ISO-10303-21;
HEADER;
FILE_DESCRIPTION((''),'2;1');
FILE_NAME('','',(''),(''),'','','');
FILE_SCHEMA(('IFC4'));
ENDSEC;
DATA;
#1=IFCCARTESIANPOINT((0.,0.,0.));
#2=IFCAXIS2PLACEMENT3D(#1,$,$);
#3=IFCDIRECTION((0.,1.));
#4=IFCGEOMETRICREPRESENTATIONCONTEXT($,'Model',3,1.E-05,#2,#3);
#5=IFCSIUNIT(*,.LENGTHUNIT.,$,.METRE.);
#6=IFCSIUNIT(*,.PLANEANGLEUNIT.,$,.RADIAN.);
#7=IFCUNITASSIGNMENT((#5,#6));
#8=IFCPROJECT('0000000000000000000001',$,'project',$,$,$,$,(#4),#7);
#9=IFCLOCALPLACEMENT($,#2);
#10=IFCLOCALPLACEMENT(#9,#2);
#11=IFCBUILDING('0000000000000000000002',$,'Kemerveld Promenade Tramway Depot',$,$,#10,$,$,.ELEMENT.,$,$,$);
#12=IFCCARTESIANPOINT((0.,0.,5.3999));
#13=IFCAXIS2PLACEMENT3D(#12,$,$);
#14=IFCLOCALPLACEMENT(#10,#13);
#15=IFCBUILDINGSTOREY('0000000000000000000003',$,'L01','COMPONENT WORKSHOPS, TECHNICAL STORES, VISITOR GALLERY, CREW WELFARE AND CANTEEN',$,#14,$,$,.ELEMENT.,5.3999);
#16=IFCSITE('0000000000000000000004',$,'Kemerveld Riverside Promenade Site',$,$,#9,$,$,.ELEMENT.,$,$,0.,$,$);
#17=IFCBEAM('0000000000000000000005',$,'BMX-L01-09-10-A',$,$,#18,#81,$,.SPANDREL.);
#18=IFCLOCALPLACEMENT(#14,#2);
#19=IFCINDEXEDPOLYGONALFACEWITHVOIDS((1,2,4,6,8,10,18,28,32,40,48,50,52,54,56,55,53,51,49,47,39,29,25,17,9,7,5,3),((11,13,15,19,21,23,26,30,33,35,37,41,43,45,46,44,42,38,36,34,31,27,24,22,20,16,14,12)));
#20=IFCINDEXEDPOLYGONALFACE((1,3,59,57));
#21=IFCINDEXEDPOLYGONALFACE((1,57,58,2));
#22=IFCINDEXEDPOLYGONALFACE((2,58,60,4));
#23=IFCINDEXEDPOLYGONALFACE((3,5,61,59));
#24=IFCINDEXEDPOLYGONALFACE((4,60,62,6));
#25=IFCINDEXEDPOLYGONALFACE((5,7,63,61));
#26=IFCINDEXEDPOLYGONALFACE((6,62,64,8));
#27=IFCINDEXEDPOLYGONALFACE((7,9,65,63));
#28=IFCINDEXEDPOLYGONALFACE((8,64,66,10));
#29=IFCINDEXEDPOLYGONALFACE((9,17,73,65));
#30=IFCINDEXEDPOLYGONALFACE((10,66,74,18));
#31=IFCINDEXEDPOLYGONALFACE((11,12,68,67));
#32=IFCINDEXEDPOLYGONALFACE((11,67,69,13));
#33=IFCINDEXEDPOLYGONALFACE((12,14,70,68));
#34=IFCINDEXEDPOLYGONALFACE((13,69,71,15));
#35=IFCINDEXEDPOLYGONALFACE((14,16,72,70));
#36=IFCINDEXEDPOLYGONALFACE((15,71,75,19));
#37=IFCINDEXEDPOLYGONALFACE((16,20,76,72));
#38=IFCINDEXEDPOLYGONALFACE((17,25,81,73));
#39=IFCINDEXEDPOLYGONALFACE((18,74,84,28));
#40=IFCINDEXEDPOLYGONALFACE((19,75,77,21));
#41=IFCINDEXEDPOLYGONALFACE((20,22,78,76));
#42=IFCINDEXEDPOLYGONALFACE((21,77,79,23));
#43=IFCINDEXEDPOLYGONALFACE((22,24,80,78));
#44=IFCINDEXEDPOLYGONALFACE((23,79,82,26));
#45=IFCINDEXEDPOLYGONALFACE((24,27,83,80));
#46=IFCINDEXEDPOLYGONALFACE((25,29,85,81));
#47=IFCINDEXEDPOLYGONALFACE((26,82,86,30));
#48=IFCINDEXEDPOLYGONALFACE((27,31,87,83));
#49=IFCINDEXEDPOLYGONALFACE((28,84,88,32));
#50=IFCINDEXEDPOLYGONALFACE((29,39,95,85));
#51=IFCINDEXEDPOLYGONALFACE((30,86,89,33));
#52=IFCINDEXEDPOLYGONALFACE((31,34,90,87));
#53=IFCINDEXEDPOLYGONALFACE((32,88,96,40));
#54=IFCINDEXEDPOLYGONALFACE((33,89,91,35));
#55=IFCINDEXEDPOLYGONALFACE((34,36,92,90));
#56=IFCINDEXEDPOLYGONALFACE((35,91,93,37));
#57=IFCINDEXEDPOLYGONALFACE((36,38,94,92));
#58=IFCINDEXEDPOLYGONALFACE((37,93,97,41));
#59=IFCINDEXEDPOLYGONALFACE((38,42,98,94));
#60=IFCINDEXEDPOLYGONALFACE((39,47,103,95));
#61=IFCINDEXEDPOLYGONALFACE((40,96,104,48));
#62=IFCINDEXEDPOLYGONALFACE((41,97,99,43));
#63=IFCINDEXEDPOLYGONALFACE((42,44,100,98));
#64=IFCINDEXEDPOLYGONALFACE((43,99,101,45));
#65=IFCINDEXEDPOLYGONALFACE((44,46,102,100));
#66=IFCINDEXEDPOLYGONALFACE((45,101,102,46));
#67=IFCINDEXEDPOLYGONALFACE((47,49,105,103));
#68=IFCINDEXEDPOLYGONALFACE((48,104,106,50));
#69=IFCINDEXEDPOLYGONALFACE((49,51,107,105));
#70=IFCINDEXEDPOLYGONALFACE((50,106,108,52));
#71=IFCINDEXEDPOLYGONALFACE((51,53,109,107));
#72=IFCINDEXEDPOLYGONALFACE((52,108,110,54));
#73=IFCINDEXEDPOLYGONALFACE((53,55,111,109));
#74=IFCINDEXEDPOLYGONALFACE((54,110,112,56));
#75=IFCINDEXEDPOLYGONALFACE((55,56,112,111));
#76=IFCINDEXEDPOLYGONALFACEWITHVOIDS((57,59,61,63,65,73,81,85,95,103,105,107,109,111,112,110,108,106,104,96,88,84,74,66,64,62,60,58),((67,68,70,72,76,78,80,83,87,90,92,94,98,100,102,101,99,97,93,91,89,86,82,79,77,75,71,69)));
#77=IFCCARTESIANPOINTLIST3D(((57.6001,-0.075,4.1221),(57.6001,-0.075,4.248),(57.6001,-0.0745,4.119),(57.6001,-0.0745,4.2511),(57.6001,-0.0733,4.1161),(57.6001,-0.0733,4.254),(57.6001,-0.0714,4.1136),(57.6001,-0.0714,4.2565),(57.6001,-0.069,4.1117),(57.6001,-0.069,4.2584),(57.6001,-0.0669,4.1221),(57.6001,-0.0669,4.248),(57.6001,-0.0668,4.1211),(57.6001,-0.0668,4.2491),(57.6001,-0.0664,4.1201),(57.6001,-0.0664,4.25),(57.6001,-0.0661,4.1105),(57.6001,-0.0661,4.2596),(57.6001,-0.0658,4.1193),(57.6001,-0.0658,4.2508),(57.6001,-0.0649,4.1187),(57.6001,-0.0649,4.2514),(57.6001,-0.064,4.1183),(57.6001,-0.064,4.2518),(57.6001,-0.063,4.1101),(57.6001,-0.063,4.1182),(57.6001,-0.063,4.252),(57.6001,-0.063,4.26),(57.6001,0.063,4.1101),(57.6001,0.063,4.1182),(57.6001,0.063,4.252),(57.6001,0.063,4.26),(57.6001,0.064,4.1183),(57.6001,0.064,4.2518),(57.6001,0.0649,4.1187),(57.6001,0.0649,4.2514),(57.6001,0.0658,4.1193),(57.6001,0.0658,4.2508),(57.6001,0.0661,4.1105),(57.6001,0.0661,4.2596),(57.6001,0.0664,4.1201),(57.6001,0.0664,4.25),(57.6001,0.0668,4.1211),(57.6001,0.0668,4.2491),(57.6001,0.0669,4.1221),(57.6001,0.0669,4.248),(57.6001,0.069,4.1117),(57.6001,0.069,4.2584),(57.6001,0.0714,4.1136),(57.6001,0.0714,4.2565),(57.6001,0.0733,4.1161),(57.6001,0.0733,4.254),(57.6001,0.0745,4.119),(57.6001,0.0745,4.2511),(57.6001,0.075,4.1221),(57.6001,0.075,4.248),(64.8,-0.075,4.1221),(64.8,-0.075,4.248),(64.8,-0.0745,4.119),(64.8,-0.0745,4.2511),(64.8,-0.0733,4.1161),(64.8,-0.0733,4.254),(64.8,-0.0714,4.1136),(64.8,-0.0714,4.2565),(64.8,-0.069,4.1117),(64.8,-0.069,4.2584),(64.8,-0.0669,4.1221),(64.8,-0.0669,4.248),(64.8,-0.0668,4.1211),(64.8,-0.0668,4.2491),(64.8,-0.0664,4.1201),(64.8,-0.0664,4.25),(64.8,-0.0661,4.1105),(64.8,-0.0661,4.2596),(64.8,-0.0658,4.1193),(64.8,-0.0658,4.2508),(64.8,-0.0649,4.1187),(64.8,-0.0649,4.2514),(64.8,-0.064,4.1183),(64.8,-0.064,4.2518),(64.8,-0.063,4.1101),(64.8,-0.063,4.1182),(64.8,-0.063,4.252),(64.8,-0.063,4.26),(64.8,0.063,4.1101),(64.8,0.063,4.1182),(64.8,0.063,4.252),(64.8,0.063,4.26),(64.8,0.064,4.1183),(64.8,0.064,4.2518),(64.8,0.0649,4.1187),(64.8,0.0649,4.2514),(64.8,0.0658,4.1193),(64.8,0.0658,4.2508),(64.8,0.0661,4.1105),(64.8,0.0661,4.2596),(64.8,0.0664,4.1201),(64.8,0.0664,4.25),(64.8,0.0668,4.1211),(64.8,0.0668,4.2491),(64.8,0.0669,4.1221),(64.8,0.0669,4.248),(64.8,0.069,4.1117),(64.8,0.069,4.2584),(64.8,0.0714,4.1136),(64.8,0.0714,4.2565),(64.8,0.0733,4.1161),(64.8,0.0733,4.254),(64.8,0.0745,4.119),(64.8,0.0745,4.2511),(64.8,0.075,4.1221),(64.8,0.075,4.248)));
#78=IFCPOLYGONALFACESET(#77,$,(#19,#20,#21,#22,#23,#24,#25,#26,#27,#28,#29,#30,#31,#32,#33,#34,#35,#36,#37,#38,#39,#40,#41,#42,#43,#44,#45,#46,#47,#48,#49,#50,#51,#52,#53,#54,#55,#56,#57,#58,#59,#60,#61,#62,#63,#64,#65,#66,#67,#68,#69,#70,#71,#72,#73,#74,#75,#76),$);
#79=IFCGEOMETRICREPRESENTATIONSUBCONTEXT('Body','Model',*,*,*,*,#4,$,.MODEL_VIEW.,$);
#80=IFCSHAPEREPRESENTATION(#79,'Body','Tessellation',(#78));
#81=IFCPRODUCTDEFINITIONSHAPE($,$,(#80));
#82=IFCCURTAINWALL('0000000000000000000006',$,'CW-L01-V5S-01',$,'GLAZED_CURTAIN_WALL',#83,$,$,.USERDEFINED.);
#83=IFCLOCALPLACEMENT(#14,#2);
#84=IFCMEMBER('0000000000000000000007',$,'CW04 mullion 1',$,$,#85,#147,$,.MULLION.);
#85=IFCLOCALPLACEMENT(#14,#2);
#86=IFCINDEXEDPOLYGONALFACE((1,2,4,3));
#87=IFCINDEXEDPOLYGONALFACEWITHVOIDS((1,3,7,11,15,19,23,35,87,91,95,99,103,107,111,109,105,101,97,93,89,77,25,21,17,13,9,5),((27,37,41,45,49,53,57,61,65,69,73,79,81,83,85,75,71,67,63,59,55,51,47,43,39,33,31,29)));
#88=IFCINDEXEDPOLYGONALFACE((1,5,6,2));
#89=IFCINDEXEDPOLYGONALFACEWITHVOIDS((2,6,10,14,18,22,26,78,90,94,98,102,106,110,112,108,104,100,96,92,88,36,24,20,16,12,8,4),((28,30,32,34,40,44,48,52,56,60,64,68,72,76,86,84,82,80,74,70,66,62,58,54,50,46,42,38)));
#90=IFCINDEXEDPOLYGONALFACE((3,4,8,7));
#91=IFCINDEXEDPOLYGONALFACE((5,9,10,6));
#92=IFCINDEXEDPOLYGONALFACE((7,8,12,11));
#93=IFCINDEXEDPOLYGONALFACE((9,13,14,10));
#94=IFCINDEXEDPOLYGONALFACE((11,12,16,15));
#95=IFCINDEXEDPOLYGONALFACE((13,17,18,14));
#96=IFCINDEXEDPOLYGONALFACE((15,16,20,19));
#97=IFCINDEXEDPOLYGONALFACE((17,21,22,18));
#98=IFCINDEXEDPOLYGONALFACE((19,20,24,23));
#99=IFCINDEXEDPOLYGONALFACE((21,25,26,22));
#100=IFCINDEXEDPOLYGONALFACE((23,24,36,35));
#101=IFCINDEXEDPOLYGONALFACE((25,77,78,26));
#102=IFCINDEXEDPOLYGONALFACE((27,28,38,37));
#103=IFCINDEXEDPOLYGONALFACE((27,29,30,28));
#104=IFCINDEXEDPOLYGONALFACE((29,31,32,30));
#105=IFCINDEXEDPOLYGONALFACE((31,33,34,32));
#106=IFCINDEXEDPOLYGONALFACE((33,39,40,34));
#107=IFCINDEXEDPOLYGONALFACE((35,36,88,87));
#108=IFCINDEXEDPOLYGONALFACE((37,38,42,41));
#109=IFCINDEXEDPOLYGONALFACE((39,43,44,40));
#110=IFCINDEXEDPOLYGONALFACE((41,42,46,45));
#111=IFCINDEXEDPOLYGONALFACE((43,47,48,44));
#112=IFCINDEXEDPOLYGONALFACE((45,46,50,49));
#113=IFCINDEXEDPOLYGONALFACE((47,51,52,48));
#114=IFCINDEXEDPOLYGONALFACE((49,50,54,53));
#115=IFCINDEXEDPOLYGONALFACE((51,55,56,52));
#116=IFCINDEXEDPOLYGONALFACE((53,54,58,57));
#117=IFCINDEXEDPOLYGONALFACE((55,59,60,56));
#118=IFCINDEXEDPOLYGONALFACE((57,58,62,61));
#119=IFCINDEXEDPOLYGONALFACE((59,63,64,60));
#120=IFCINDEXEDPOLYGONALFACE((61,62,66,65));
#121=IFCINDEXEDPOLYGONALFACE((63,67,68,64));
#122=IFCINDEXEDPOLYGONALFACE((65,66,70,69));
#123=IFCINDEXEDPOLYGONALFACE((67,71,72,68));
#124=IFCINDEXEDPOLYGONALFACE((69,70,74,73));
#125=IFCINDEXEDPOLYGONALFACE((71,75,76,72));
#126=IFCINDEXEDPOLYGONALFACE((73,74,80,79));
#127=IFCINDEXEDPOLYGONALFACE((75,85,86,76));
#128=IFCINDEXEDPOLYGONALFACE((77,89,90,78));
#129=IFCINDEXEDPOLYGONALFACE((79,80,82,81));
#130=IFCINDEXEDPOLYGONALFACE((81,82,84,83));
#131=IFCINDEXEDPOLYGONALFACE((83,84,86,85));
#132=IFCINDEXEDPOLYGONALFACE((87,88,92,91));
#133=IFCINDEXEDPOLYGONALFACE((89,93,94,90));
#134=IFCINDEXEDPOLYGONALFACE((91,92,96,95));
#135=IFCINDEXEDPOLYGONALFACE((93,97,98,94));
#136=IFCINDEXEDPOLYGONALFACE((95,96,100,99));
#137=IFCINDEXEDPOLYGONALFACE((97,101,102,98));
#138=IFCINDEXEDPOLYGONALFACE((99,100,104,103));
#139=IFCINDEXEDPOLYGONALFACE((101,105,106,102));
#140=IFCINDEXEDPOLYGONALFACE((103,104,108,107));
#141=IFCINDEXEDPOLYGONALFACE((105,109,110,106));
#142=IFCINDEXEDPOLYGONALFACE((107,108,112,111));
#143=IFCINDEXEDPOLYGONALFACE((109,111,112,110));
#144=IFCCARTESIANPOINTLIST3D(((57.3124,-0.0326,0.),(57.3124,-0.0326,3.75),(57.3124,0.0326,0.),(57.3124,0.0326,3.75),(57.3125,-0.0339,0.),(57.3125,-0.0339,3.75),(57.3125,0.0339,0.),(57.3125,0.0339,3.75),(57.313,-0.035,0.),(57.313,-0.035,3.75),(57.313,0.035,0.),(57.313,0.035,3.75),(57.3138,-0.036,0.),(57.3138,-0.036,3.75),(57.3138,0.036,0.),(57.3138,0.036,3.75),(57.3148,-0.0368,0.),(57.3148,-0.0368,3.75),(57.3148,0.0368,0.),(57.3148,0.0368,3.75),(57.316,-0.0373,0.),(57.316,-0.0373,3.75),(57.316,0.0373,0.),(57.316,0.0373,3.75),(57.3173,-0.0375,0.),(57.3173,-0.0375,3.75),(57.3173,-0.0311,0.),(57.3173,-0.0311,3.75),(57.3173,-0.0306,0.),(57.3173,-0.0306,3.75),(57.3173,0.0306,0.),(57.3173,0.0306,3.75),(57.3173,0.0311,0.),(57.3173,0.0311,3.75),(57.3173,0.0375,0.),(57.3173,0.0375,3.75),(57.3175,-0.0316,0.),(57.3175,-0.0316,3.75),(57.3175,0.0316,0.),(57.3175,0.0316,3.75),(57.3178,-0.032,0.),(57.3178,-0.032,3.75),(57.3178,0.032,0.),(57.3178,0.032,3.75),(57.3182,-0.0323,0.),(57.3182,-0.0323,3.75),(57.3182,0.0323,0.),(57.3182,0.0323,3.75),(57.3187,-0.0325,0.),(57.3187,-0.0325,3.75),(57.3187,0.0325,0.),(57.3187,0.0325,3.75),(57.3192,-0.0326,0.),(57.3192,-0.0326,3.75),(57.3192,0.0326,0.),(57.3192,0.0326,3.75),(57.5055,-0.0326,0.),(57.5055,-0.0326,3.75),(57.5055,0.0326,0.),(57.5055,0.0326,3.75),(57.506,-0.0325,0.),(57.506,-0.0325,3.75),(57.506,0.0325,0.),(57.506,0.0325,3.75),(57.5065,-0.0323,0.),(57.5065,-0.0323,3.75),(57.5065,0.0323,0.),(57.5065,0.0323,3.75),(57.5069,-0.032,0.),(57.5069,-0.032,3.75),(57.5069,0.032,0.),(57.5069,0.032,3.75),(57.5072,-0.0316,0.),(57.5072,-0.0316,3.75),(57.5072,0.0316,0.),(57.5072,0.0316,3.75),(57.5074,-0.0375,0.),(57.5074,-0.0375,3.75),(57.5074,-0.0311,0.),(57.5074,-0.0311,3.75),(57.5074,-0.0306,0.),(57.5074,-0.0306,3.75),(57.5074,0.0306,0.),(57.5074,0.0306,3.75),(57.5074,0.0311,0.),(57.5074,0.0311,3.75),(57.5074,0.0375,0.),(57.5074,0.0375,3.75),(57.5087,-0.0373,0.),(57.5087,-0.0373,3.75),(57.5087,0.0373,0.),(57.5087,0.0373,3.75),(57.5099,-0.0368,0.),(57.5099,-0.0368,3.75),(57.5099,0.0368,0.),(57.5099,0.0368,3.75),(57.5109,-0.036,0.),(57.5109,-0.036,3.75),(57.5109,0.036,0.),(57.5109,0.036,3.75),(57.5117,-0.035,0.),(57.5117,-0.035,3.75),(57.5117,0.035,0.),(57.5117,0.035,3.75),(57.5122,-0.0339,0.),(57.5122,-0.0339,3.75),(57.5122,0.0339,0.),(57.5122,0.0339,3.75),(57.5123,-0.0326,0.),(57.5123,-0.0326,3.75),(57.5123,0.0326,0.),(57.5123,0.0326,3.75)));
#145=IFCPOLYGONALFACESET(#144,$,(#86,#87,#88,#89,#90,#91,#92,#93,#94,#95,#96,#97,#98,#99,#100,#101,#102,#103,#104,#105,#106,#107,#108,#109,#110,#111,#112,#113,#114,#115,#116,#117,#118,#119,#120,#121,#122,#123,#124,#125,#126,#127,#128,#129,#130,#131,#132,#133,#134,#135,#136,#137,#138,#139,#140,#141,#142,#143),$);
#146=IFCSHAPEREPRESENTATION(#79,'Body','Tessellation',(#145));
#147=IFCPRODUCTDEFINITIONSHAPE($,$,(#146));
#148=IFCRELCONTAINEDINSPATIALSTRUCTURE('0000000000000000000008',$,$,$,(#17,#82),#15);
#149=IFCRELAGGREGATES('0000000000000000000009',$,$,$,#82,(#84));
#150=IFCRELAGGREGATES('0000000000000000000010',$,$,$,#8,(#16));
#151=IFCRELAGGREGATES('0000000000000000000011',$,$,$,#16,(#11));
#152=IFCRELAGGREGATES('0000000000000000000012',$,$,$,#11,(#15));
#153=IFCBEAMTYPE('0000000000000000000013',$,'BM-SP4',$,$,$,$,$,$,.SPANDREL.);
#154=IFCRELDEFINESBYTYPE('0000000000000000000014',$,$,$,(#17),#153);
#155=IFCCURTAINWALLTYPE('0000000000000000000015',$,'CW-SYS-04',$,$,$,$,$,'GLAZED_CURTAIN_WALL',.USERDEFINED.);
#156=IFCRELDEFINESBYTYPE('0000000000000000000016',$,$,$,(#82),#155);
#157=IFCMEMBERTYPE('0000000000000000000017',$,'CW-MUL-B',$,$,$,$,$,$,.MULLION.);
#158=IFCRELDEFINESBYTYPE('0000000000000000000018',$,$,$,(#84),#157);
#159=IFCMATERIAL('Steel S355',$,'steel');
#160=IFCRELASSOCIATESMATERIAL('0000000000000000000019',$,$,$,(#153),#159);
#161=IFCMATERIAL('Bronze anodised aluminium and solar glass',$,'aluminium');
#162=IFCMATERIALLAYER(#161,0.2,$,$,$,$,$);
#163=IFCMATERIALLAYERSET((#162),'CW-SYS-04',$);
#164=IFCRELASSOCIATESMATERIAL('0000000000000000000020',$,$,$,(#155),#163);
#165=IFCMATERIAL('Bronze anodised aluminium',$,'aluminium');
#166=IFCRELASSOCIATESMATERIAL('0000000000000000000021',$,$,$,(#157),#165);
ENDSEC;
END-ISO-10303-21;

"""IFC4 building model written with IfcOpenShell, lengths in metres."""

from ifc_helpers import new_model, si_unit, direction, frame, origin, origin_2d, place, context, subcontext, project, spatial, hollow_rectangle, extrude, material, layer, layer_set, material_profile, profile_set, type_object, element, aggregate, save


model = new_model("IFC4")

# Units and contexts
model_context = context("Model", 3, precision=1e-05, world=origin(), true_north=direction((0.0, 1.0)))
body_context = subcontext(model_context, "Body", "Model", "MODEL_VIEW")
ifc_project = project(units=[si_unit("LENGTHUNIT", "METRE"), si_unit("PLANEANGLEUNIT", "RADIAN")], contexts=[model_context])

# Site, building, storey
site_placement = place(None, origin())
site = spatial("IfcSite", under=ifc_project, at=site_placement, Name="Kemerveld Riverside Promenade Site", CompositionType="ELEMENT", RefElevation=0.0)
building_placement = place(site_placement, origin())
building = spatial("IfcBuilding", under=site, at=building_placement, Name="Kemerveld Promenade Tramway Depot", CompositionType="ELEMENT")
storey_placement = place(building_placement, frame((0.0, 0.0, 5.3999)))
storey = spatial("IfcBuildingStorey", under=building, at=storey_placement, Name="L01", Description="COMPONENT WORKSHOPS, TECHNICAL STORES, VISITOR GALLERY, CREW WELFARE AND CANTEEN", CompositionType="ELEMENT", Elevation=5.3999)

# Shared definitions
ifc_material_1 = material(Name="Steel S355", Category="steel")

# Beam
ifc_material_profile_1 = material_profile(ifc_material_1, hollow_rectangle(XDim=0.1499, YDim=0.1499, WallThickness=0.0081, InnerFilletRadius=0.0039, OuterFilletRadius=0.012, at=origin_2d()), Name="150x150x8.0 SHS")
ifc_profile_set_1 = profile_set([ifc_material_profile_1], Name="Steel S355")
beam_type_1 = type_object("IfcBeamType", Name="BM-SP4", PredefinedType="SPANDREL", material=ifc_profile_set_1)
beam_1_placement = place(storey_placement, frame((57.6001, 0.0, 4.1851), z_axis=(1.0, 0.0, 0.0), x_axis=(0.0, 1.0, 0.0)))
element("IfcBeam", 1, at=beam_1_placement, inside=storey, type_object=beam_type_1, Name="BMX-L01-09-10-A", PredefinedType="SPANDREL", context=body_context, shape_type="SweptSolid", body=[
    extrude(hollow_rectangle(XDim=0.1499, YDim=0.1499, WallThickness=0.0081, InnerFilletRadius=0.0039, OuterFilletRadius=0.012, at=origin_2d()), origin(), (0.0, 0.0, 1.0), 7.2),
])

# Curtain wall, member
ifc_material_2 = material(Name="Bronze anodised aluminium and solar glass", Category="aluminium")
ifc_layer_1 = layer(ifc_material_2, 0.2)
ifc_layer_set_1 = layer_set([ifc_layer_1], Name="CW-SYS-04")
curtain_wall_type = type_object("IfcCurtainWallType", Name="CW-SYS-04", ElementType="GLAZED_CURTAIN_WALL", PredefinedType="USERDEFINED", material=ifc_layer_set_1)
curtain_wall_placement = place(storey_placement, origin())
curtain_wall = element("IfcCurtainWall", 2, at=curtain_wall_placement, inside=storey, type_object=curtain_wall_type, Name="CW-L01-V5S-01", ObjectType="GLAZED_CURTAIN_WALL", PredefinedType="USERDEFINED")
ifc_material_3 = material(Name="Bronze anodised aluminium", Category="aluminium")
ifc_material_profile_2 = material_profile(ifc_material_3, hollow_rectangle(XDim=0.075, YDim=0.2, WallThickness=0.0049, InnerFilletRadius=0.002, OuterFilletRadius=0.0049, at=origin_2d()), Name="CW-MUL-200x75")
ifc_profile_set_2 = profile_set([ifc_material_profile_2], Name="Bronze anodised aluminium")
member_type_1 = type_object("IfcMemberType", Name="CW-MUL-B", PredefinedType="MULLION", material=ifc_profile_set_2)
member_1_placement = place(storey_placement, frame((57.4124, 0.0, 0.0), z_axis=(0.0, 0.0, 1.0), x_axis=(0.0, -1.0, 0.0)))
member_1 = element("IfcMember", 3, at=member_1_placement, type_object=member_type_1, Name="CW04 mullion 1", PredefinedType="MULLION", context=body_context, shape_type="SweptSolid", body=[
    extrude(hollow_rectangle(XDim=0.075, YDim=0.2, WallThickness=0.0049, InnerFilletRadius=0.002, OuterFilletRadius=0.0049, at=origin_2d()), origin(), (0.0, 0.0, 1.0), 3.75),
])
aggregate(curtain_wall, [member_1])

save(model, "model.ifc")
